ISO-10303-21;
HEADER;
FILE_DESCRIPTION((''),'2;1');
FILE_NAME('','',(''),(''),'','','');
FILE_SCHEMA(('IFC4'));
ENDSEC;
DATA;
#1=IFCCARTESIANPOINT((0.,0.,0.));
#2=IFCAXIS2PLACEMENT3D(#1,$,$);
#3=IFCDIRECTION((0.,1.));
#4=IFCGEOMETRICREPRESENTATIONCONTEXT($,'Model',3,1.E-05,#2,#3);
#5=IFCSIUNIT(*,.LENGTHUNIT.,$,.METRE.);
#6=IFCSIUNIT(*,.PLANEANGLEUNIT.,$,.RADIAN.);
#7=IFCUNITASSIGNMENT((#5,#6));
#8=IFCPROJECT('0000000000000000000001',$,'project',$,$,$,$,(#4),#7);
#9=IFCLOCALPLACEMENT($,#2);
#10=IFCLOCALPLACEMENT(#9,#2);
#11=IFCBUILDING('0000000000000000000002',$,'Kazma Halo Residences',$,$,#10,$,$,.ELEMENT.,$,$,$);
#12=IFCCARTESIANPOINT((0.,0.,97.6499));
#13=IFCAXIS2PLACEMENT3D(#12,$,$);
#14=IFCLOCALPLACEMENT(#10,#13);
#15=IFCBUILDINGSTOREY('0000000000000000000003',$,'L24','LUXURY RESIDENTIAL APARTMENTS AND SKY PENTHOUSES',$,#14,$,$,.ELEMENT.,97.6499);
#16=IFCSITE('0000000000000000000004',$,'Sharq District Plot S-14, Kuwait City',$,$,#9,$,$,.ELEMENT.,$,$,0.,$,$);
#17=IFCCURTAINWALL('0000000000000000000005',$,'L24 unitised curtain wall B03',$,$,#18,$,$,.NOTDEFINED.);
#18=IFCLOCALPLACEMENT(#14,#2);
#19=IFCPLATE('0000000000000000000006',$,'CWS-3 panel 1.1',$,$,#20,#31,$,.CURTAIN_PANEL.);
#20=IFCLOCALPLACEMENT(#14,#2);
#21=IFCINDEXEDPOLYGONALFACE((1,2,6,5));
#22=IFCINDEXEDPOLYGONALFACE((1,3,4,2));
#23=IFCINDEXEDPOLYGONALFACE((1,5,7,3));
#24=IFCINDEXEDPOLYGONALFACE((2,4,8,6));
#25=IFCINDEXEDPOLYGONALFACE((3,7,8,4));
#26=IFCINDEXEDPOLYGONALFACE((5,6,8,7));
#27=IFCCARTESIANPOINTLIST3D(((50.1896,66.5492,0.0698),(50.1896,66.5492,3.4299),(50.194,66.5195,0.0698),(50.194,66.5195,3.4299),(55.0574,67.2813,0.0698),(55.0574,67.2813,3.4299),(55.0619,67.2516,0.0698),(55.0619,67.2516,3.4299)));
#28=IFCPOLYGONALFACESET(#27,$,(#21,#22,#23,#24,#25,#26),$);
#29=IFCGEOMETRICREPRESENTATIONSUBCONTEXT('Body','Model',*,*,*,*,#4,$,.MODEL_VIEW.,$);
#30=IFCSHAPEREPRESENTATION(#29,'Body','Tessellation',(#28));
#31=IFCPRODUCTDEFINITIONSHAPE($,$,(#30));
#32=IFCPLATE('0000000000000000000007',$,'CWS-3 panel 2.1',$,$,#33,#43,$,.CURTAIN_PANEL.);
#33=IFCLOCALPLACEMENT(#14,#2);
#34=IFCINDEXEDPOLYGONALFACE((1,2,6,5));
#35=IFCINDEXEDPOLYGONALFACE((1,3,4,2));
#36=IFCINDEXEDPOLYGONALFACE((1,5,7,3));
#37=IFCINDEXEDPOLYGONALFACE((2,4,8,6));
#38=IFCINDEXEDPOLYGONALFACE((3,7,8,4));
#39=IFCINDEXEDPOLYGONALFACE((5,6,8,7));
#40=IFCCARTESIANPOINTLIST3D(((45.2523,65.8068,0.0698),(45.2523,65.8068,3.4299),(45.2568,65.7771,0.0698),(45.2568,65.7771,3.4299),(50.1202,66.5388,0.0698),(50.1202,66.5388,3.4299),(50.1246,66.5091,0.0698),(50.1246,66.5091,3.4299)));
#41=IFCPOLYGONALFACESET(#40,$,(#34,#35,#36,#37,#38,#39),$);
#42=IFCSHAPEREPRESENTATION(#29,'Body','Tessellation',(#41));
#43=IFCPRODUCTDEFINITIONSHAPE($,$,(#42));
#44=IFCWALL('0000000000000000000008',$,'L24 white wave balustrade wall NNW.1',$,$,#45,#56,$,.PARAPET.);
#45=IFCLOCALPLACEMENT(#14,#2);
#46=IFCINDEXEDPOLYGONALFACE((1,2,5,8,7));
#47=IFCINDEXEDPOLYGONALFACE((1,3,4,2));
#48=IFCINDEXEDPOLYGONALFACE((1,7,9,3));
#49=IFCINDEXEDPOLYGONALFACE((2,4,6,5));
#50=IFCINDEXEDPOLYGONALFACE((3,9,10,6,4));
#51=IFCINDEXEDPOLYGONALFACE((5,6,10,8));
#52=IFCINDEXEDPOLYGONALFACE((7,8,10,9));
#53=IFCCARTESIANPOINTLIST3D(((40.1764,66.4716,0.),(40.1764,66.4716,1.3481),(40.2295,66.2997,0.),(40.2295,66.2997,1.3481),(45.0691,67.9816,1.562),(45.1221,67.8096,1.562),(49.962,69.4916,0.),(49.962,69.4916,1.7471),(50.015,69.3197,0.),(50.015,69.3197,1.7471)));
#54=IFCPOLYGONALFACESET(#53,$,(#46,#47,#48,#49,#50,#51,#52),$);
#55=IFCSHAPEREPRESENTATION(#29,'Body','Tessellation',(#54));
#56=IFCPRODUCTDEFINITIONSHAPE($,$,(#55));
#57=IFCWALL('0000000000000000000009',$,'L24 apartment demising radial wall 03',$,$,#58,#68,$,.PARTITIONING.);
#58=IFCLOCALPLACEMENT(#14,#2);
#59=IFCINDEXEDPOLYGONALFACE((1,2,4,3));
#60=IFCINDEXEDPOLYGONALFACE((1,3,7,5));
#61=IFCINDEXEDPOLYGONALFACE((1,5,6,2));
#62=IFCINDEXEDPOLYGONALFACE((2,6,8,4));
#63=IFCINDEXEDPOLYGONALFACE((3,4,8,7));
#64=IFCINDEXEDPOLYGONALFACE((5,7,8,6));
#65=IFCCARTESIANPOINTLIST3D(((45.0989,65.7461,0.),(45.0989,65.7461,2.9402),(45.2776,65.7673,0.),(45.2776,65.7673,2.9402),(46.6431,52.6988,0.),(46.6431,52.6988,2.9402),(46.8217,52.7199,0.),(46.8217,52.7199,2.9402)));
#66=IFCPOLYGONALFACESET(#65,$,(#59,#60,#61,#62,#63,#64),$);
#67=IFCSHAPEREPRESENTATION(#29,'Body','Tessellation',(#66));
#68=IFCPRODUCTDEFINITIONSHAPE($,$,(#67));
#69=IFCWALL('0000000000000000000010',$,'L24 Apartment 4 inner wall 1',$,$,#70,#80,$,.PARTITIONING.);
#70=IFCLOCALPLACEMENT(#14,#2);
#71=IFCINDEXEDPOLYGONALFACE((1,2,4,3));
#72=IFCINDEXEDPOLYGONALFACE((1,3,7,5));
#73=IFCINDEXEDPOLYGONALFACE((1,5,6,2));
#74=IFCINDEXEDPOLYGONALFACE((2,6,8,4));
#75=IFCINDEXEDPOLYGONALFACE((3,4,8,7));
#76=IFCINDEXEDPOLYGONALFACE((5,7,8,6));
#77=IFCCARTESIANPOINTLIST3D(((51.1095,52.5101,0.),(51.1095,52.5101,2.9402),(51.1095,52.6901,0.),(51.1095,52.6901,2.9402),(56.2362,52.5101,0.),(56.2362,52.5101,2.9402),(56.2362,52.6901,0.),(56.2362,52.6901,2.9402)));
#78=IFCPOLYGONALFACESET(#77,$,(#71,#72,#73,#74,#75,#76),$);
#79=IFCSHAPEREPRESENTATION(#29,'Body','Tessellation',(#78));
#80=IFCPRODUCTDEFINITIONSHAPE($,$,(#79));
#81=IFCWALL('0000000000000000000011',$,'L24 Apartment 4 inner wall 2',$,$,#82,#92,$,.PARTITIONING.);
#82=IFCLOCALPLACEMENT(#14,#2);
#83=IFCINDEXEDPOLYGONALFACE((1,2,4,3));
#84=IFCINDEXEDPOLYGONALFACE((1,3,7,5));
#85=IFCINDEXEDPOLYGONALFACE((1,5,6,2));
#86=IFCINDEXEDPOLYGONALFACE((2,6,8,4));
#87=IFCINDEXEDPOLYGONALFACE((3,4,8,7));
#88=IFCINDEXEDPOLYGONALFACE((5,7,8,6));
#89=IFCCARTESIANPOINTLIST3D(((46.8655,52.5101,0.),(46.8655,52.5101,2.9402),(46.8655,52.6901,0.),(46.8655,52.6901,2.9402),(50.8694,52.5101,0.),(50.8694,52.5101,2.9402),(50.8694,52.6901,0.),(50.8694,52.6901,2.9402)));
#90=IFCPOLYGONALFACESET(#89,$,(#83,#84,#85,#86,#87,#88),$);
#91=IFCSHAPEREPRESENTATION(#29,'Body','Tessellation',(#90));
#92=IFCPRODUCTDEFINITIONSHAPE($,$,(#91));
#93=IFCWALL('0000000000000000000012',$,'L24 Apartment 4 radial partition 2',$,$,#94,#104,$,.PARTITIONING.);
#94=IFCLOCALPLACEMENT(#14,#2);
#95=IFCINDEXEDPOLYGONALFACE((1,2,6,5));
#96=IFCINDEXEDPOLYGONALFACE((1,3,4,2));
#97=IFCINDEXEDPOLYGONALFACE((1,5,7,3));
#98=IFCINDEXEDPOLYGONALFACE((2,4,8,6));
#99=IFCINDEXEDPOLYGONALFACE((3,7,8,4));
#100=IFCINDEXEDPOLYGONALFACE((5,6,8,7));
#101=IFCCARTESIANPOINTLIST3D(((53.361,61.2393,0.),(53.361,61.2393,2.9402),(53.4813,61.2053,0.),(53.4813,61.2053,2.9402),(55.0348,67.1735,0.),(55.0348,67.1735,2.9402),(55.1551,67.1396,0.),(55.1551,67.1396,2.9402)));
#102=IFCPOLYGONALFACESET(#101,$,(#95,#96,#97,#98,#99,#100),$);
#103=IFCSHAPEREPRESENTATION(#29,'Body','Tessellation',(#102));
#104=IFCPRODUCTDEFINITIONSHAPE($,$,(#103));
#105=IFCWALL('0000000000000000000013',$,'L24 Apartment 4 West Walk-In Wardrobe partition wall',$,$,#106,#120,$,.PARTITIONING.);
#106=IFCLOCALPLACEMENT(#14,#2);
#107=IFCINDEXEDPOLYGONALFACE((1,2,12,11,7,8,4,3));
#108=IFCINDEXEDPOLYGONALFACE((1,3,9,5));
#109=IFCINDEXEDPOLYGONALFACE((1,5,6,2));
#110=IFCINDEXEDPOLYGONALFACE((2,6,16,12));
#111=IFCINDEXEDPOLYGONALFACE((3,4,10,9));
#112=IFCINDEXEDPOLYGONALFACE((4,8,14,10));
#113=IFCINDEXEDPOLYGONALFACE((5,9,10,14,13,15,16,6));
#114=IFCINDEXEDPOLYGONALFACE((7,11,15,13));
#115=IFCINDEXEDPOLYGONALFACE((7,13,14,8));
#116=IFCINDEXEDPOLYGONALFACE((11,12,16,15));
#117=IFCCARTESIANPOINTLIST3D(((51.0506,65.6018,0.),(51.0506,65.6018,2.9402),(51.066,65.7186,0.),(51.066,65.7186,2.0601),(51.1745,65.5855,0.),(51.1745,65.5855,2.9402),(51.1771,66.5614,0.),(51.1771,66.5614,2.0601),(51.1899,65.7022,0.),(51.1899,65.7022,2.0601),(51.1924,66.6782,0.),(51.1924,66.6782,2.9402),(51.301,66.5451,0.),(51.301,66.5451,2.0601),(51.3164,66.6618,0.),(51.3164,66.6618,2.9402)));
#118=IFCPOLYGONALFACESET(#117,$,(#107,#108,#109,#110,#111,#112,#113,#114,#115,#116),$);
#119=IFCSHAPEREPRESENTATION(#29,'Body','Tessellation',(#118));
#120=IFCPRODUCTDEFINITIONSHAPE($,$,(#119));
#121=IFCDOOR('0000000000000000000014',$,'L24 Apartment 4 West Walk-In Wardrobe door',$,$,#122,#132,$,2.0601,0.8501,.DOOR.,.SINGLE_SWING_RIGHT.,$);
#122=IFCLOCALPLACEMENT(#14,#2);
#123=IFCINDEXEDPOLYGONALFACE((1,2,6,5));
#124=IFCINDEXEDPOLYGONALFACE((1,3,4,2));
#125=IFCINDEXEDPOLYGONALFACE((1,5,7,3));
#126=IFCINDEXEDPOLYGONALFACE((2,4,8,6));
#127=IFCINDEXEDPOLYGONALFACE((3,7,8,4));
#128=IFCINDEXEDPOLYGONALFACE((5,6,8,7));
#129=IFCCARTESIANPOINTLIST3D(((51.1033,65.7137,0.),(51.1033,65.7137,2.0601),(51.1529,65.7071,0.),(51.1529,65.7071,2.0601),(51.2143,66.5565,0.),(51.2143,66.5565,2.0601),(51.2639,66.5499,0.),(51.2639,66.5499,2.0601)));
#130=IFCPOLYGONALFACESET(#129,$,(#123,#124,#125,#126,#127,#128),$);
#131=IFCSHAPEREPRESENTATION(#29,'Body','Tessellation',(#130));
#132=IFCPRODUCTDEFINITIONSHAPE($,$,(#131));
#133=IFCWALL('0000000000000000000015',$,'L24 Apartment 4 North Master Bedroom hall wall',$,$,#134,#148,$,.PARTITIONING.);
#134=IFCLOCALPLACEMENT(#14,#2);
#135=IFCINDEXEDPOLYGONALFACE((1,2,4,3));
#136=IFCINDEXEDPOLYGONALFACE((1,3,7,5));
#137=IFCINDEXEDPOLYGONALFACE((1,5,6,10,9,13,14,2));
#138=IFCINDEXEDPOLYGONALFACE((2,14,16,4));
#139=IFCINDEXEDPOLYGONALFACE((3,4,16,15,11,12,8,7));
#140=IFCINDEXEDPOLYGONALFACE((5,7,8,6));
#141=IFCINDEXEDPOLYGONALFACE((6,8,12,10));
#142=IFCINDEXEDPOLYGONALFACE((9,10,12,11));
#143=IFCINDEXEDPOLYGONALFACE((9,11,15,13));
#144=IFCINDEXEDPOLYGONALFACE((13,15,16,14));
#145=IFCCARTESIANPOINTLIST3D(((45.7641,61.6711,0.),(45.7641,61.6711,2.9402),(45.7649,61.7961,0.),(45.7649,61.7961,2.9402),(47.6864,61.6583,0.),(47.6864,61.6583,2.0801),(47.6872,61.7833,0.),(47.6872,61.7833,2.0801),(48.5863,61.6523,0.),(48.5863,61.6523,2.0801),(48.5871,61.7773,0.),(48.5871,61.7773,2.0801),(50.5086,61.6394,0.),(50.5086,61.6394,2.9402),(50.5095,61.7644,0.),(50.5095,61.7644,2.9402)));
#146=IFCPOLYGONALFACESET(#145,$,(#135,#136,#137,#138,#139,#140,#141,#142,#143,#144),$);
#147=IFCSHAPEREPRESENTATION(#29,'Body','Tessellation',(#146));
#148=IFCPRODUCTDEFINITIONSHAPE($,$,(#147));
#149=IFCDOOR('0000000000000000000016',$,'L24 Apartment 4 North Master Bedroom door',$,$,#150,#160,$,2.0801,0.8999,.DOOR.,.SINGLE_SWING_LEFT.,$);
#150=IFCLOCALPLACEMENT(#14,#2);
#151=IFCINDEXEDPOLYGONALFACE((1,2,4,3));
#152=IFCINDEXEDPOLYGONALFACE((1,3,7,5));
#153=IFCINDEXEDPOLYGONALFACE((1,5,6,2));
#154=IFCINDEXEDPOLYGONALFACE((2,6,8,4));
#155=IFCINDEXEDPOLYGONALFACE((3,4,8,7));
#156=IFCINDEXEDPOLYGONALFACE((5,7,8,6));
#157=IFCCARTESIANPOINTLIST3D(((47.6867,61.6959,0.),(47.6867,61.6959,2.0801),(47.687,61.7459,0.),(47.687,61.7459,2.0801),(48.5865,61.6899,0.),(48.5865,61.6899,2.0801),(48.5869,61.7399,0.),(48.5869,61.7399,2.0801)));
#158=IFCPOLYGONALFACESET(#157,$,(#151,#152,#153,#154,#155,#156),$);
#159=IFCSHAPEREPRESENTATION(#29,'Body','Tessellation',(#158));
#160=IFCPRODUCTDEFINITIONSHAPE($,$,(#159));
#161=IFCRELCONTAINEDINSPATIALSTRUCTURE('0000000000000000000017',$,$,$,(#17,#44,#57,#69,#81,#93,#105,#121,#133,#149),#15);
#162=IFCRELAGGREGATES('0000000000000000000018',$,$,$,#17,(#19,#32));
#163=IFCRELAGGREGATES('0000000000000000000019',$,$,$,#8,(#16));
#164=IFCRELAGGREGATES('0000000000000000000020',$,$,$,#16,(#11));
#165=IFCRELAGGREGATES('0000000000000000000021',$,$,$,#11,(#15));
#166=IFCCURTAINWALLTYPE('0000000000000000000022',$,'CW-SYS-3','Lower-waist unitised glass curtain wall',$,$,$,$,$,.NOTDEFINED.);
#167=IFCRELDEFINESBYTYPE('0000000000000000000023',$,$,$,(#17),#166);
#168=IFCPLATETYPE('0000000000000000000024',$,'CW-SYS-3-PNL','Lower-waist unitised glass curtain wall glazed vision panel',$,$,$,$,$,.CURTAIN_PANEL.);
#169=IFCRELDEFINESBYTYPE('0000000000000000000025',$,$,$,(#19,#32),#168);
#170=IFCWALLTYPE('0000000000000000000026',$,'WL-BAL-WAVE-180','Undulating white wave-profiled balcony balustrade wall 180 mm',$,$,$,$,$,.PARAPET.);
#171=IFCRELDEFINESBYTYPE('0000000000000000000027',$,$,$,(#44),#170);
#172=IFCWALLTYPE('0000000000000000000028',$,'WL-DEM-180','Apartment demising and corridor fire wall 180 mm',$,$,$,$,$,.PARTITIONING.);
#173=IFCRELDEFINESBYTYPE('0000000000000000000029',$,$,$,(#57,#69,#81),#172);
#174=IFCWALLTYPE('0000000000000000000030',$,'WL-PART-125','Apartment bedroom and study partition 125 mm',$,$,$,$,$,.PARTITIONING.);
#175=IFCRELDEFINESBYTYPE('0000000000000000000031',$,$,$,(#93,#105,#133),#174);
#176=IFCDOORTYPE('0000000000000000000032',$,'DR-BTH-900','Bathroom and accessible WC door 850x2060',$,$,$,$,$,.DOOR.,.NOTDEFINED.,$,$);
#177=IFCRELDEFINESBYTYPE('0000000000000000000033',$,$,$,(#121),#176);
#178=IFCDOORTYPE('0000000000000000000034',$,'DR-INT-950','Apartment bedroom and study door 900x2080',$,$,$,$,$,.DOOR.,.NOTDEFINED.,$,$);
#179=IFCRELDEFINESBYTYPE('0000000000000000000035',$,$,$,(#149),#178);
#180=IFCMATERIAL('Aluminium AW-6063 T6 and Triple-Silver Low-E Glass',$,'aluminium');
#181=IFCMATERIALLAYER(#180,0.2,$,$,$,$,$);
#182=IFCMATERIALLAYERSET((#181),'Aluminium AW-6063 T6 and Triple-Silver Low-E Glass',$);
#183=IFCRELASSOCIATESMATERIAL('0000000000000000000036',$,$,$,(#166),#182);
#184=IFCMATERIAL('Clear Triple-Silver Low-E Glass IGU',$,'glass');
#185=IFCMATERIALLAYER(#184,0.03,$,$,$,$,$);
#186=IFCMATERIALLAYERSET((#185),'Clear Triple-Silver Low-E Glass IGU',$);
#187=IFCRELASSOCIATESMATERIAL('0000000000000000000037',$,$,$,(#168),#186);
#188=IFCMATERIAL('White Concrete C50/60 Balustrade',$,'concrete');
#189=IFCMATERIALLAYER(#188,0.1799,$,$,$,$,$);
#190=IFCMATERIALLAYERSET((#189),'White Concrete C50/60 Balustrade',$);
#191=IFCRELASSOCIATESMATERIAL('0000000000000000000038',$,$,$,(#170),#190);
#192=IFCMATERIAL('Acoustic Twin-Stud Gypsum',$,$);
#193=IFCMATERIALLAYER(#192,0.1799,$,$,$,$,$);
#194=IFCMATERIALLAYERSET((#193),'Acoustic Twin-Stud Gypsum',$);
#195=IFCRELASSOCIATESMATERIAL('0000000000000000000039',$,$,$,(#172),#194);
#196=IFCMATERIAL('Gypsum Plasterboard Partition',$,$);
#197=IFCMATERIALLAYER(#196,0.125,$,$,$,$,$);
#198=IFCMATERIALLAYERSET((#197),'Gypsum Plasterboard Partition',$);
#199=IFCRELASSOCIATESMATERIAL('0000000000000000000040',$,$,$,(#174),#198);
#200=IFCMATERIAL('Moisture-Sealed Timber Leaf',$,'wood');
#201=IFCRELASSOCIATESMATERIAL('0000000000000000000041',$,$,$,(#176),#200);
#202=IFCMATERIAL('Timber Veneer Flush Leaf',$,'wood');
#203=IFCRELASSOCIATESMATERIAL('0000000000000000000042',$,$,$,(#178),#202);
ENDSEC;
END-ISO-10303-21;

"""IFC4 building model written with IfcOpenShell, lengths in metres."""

from ifc_helpers import new_model, si_unit, direction, frame, frame_2d, origin, origin_2d, place, context, subcontext, project, spatial, polyline, rectangle, outline, extrude, material, layer, layer_set, type_object, element, fill, aggregate, save


model = new_model("IFC4")

# Units and contexts
model_context = context("Model", 3, precision=1e-05, world=origin(), true_north=direction((0.0, 1.0)))
body_context = subcontext(model_context, "Body", "Model", "MODEL_VIEW")
ifc_project = project(units=[si_unit("LENGTHUNIT", "METRE"), si_unit("PLANEANGLEUNIT", "RADIAN")], contexts=[model_context])

# Site, building, storey
site_placement = place(None, origin())
site = spatial("IfcSite", under=ifc_project, at=site_placement, Name="Sharq District Plot S-14, Kuwait City", CompositionType="ELEMENT", RefElevation=0.0)
building_placement = place(site_placement, origin())
building = spatial("IfcBuilding", under=site, at=building_placement, Name="Kazma Halo Residences", CompositionType="ELEMENT")
storey_placement = place(building_placement, frame((0.0, 0.0, 97.6499)))
storey = spatial("IfcBuildingStorey", under=building, at=storey_placement, Name="L24", Description="LUXURY RESIDENTIAL APARTMENTS AND SKY PENTHOUSES", CompositionType="ELEMENT", Elevation=97.6499)

# Curtain wall, plates
ifc_material_1 = material(Name="Aluminium AW-6063 T6 and Triple-Silver Low-E Glass", Category="aluminium")
ifc_layer_1 = layer(ifc_material_1, 0.2)
ifc_layer_set_1 = layer_set([ifc_layer_1], Name="Aluminium AW-6063 T6 and Triple-Silver Low-E Glass")
curtain_wall_type = type_object("IfcCurtainWallType", Name="CW-SYS-3", Description="Lower-waist unitised glass curtain wall", PredefinedType="NOTDEFINED", material=ifc_layer_set_1)
curtain_wall_placement = place(storey_placement, origin())
curtain_wall = element("IfcCurtainWall", 1, at=curtain_wall_placement, inside=storey, type_object=curtain_wall_type, Name="L24 unitised curtain wall B03", PredefinedType="NOTDEFINED")
ifc_material_2 = material(Name="Clear Triple-Silver Low-E Glass IGU", Category="glass")
ifc_layer_2 = layer(ifc_material_2, 0.03)
ifc_layer_set_2 = layer_set([ifc_layer_2], Name="Clear Triple-Silver Low-E Glass IGU")
plate_type = type_object("IfcPlateType", Name="CW-SYS-3-PNL", Description="Lower-waist unitised glass curtain wall glazed vision panel", PredefinedType="CURTAIN_PANEL", material=ifc_layer_set_2)
plate_1_placement = place(storey_placement, frame((52.6257, 66.9004, 0.0698), z_axis=(0.0, 0.0, 1.0), x_axis=(-0.98888, -0.148717, 0.0)))
plate_1 = element("IfcPlate", 2, at=plate_1_placement, type_object=plate_type, Name="CWS-3 panel 1.1", PredefinedType="CURTAIN_PANEL", context=body_context, shape_type="SweptSolid", body=[
    extrude(rectangle(XDim=4.9226, YDim=0.03, at=origin_2d()), origin(), (0.0, 0.0, 1.0), 3.3601),
])
plate_2_placement = place(storey_placement, frame((47.6885, 66.158, 0.0698), z_axis=(0.0, 0.0, 1.0), x_axis=(-0.98888, -0.148717, 0.0)))
plate_2 = element("IfcPlate", 3, at=plate_2_placement, type_object=plate_type, Name="CWS-3 panel 2.1", PredefinedType="CURTAIN_PANEL", context=body_context, shape_type="SweptSolid", body=[
    extrude(rectangle(XDim=4.9226, YDim=0.03, at=origin_2d()), origin(), (0.0, 0.0, 1.0), 3.3601),
])
aggregate(curtain_wall, [plate_1, plate_2])

# Walls
ifc_material_3 = material(Name="White Concrete C50/60 Balustrade", Category="concrete")
ifc_layer_3 = layer(ifc_material_3, 0.1799)
ifc_layer_set_3 = layer_set([ifc_layer_3], Name="White Concrete C50/60 Balustrade")
wall_type_1 = type_object("IfcWallType", Name="WL-BAL-WAVE-180", Description="Undulating white wave-profiled balcony balustrade wall 180 mm", PredefinedType="PARAPET", material=ifc_layer_set_3)
wall_1_placement = place(storey_placement, frame((49.9885, 69.4055, 0.0), z_axis=(0.0, 0.0, 1.0), x_axis=(-0.95553, -0.294893, 0.0)))
element("IfcWall", 4, at=wall_1_placement, inside=storey, type_object=wall_type_1, Name="L24 white wave balustrade wall NNW.1", PredefinedType="PARAPET", context=body_context, shape_type="SweptSolid", body=[
    extrude(outline(polyline([(0.0, 0.0), (10.241, 0.0), (10.241, 1.3481), (5.1206, 1.562), (0.0, 1.7471), (0.0, 0.0)])), frame((0.0, 0.0898, 0.0), z_axis=(0.0, -1.0, 0.0), x_axis=(1.0, 0.0, 0.0)), (0.0, 0.0, 1.0), 0.1799),
])
ifc_material_4 = material(Name="Acoustic Twin-Stud Gypsum")
ifc_layer_4 = layer(ifc_material_4, 0.1799)
ifc_layer_set_4 = layer_set([ifc_layer_4], Name="Acoustic Twin-Stud Gypsum")
wall_type_2 = type_object("IfcWallType", Name="WL-DEM-180", Description="Apartment demising and corridor fire wall 180 mm", PredefinedType="PARTITIONING", material=ifc_layer_set_4)
wall_2_placement = place(storey_placement, frame((46.7324, 52.7092, 0.0), z_axis=(0.0, 0.0, 1.0), x_axis=(-0.117532, 0.993069, 0.0)))
element("IfcWall", 5, at=wall_2_placement, inside=storey, type_object=wall_type_2, Name="L24 apartment demising radial wall 03", PredefinedType="PARTITIONING", context=body_context, shape_type="SweptSolid", body=[
    extrude(rectangle(XDim=13.1384, YDim=0.1799, at=frame_2d((6.5693, 0.0))), origin(), (0.0, 0.0, 1.0), 2.9402),
])
wall_3_placement = place(storey_placement, frame((56.2363, 52.6001, 0.0), z_axis=(0.0, 0.0, 1.0), x_axis=(-1.0, 0.0, 0.0)))
element("IfcWall", 6, at=wall_3_placement, inside=storey, type_object=wall_type_2, Name="L24 Apartment 4 inner wall 1", PredefinedType="PARTITIONING", context=body_context, shape_type="SweptSolid", body=[
    extrude(rectangle(XDim=5.1267, YDim=0.1799, at=frame_2d((2.5635, 0.0))), origin(), (0.0, 0.0, 1.0), 2.9402),
])
wall_4_placement = place(storey_placement, frame((50.8694, 52.6001, 0.0), z_axis=(0.0, 0.0, 1.0), x_axis=(-1.0, 0.0, 0.0)))
element("IfcWall", 7, at=wall_4_placement, inside=storey, type_object=wall_type_2, Name="L24 Apartment 4 inner wall 2", PredefinedType="PARTITIONING", context=body_context, shape_type="SweptSolid", body=[
    extrude(rectangle(XDim=4.0039, YDim=0.1799, at=frame_2d((2.002, 0.0))), origin(), (0.0, 0.0, 1.0), 2.9402),
])
ifc_material_5 = material(Name="Gypsum Plasterboard Partition")
ifc_layer_5 = layer(ifc_material_5, 0.125)
ifc_layer_set_5 = layer_set([ifc_layer_5], Name="Gypsum Plasterboard Partition")
wall_type_3 = type_object("IfcWallType", Name="WL-PART-125", Description="Apartment bedroom and study partition 125 mm", PredefinedType="PARTITIONING", material=ifc_layer_set_5)
wall_5_placement = place(storey_placement, frame((53.4211, 61.2222, 0.0), z_axis=(0.0, 0.0, 1.0), x_axis=(0.271467, 0.962448, 0.0)))
element("IfcWall", 8, at=wall_5_placement, inside=storey, type_object=wall_type_3, Name="L24 Apartment 4 radial partition 2", PredefinedType="PARTITIONING", context=body_context, shape_type="SweptSolid", body=[
    extrude(rectangle(XDim=6.1658, YDim=0.125, at=frame_2d((3.083, 0.0))), origin(), (0.0, 0.0, 1.0), 2.9402),
])

# Walls, openings, doors
wall_6_placement = place(storey_placement, frame((51.1125, 65.5935, 0.0), z_axis=(0.0, 0.0, 1.0), x_axis=(0.130646, 0.991429, 0.0)))
wall_6 = element("IfcWall", 9, at=wall_6_placement, inside=storey, type_object=wall_type_3, Name="L24 Apartment 4 West Walk-In Wardrobe partition wall", PredefinedType="PARTITIONING", context=body_context, shape_type="SweptSolid", body=[
    extrude(rectangle(XDim=1.0857, YDim=0.125, at=frame_2d((0.543, 0.0))), origin(), (0.0, 0.0, 1.0), 2.9402),
])
opening_1_placement = place(wall_6_placement, frame((0.1179, 0.0, 0.0)))
opening_1 = element("IfcOpeningElement", 10, at=opening_1_placement, cuts=wall_6, PredefinedType="OPENING", context=body_context, shape_type="SweptSolid", body=[
    extrude(rectangle(XDim=0.8501, YDim=2.0601, at=frame_2d((0.425, 1.03))), frame((0.0, 0.0725, 0.0), z_axis=(0.0, -1.0, 0.0), x_axis=(1.0, 0.0, 0.0)), (0.0, 0.0, 1.0), 0.145),
])
ifc_material_6 = material(Name="Moisture-Sealed Timber Leaf", Category="wood")
door_type_1 = type_object("IfcDoorType", Name="DR-BTH-900", Description="Bathroom and accessible WC door 850x2060", OperationType="NOTDEFINED", PredefinedType="DOOR", material=ifc_material_6)
door_1_placement = place(opening_1_placement, origin())
door_1 = element("IfcDoor", 11, at=door_1_placement, inside=storey, type_object=door_type_1, Name="L24 Apartment 4 West Walk-In Wardrobe door", OperationType="SINGLE_SWING_RIGHT", OverallHeight=2.0601, OverallWidth=0.8501, PredefinedType="DOOR", context=body_context, shape_type="SweptSolid", body=[
    extrude(rectangle(XDim=0.8501, YDim=2.0601, at=frame_2d((0.425, 1.03))), frame((0.0, 0.0249, 0.0), z_axis=(0.0, -1.0, 0.0), x_axis=(1.0, 0.0, 0.0)), (0.0, 0.0, 1.0), 0.05),
])
fill(opening_1, door_1)
wall_7_placement = place(storey_placement, frame((50.509, 61.7019, 0.0), z_axis=(0.0, 0.0, 1.0), x_axis=(-0.999978, 0.006689, 0.0)))
wall_7 = element("IfcWall", 12, at=wall_7_placement, inside=storey, type_object=wall_type_3, Name="L24 Apartment 4 North Master Bedroom hall wall", PredefinedType="PARTITIONING", context=body_context, shape_type="SweptSolid", body=[
    extrude(rectangle(XDim=4.7446, YDim=0.125, at=frame_2d((2.3723, 0.0))), origin(), (0.0, 0.0, 1.0), 2.9402),
])
opening_2_placement = place(wall_7_placement, frame((1.9224, 0.0, 0.0)))
opening_2 = element("IfcOpeningElement", 13, at=opening_2_placement, cuts=wall_7, PredefinedType="OPENING", context=body_context, shape_type="SweptSolid", body=[
    extrude(rectangle(XDim=0.8999, YDim=2.0801, at=frame_2d((0.45, 1.04))), frame((0.0, 0.0725, 0.0), z_axis=(0.0, -1.0, 0.0), x_axis=(1.0, 0.0, 0.0)), (0.0, 0.0, 1.0), 0.145),
])
ifc_material_7 = material(Name="Timber Veneer Flush Leaf", Category="wood")
door_type_2 = type_object("IfcDoorType", Name="DR-INT-950", Description="Apartment bedroom and study door 900x2080", OperationType="NOTDEFINED", PredefinedType="DOOR", material=ifc_material_7)
door_2_placement = place(opening_2_placement, origin())
door_2 = element("IfcDoor", 14, at=door_2_placement, inside=storey, type_object=door_type_2, Name="L24 Apartment 4 North Master Bedroom door", OperationType="SINGLE_SWING_LEFT", OverallHeight=2.0801, OverallWidth=0.8999, PredefinedType="DOOR", context=body_context, shape_type="SweptSolid", body=[
    extrude(rectangle(XDim=0.8999, YDim=2.0801, at=frame_2d((0.45, 1.04))), frame((0.0, 0.0249, 0.0), z_axis=(0.0, -1.0, 0.0), x_axis=(1.0, 0.0, 0.0)), (0.0, 0.0, 1.0), 0.05),
])
fill(opening_2, door_2)

save(model, "model.ifc")
